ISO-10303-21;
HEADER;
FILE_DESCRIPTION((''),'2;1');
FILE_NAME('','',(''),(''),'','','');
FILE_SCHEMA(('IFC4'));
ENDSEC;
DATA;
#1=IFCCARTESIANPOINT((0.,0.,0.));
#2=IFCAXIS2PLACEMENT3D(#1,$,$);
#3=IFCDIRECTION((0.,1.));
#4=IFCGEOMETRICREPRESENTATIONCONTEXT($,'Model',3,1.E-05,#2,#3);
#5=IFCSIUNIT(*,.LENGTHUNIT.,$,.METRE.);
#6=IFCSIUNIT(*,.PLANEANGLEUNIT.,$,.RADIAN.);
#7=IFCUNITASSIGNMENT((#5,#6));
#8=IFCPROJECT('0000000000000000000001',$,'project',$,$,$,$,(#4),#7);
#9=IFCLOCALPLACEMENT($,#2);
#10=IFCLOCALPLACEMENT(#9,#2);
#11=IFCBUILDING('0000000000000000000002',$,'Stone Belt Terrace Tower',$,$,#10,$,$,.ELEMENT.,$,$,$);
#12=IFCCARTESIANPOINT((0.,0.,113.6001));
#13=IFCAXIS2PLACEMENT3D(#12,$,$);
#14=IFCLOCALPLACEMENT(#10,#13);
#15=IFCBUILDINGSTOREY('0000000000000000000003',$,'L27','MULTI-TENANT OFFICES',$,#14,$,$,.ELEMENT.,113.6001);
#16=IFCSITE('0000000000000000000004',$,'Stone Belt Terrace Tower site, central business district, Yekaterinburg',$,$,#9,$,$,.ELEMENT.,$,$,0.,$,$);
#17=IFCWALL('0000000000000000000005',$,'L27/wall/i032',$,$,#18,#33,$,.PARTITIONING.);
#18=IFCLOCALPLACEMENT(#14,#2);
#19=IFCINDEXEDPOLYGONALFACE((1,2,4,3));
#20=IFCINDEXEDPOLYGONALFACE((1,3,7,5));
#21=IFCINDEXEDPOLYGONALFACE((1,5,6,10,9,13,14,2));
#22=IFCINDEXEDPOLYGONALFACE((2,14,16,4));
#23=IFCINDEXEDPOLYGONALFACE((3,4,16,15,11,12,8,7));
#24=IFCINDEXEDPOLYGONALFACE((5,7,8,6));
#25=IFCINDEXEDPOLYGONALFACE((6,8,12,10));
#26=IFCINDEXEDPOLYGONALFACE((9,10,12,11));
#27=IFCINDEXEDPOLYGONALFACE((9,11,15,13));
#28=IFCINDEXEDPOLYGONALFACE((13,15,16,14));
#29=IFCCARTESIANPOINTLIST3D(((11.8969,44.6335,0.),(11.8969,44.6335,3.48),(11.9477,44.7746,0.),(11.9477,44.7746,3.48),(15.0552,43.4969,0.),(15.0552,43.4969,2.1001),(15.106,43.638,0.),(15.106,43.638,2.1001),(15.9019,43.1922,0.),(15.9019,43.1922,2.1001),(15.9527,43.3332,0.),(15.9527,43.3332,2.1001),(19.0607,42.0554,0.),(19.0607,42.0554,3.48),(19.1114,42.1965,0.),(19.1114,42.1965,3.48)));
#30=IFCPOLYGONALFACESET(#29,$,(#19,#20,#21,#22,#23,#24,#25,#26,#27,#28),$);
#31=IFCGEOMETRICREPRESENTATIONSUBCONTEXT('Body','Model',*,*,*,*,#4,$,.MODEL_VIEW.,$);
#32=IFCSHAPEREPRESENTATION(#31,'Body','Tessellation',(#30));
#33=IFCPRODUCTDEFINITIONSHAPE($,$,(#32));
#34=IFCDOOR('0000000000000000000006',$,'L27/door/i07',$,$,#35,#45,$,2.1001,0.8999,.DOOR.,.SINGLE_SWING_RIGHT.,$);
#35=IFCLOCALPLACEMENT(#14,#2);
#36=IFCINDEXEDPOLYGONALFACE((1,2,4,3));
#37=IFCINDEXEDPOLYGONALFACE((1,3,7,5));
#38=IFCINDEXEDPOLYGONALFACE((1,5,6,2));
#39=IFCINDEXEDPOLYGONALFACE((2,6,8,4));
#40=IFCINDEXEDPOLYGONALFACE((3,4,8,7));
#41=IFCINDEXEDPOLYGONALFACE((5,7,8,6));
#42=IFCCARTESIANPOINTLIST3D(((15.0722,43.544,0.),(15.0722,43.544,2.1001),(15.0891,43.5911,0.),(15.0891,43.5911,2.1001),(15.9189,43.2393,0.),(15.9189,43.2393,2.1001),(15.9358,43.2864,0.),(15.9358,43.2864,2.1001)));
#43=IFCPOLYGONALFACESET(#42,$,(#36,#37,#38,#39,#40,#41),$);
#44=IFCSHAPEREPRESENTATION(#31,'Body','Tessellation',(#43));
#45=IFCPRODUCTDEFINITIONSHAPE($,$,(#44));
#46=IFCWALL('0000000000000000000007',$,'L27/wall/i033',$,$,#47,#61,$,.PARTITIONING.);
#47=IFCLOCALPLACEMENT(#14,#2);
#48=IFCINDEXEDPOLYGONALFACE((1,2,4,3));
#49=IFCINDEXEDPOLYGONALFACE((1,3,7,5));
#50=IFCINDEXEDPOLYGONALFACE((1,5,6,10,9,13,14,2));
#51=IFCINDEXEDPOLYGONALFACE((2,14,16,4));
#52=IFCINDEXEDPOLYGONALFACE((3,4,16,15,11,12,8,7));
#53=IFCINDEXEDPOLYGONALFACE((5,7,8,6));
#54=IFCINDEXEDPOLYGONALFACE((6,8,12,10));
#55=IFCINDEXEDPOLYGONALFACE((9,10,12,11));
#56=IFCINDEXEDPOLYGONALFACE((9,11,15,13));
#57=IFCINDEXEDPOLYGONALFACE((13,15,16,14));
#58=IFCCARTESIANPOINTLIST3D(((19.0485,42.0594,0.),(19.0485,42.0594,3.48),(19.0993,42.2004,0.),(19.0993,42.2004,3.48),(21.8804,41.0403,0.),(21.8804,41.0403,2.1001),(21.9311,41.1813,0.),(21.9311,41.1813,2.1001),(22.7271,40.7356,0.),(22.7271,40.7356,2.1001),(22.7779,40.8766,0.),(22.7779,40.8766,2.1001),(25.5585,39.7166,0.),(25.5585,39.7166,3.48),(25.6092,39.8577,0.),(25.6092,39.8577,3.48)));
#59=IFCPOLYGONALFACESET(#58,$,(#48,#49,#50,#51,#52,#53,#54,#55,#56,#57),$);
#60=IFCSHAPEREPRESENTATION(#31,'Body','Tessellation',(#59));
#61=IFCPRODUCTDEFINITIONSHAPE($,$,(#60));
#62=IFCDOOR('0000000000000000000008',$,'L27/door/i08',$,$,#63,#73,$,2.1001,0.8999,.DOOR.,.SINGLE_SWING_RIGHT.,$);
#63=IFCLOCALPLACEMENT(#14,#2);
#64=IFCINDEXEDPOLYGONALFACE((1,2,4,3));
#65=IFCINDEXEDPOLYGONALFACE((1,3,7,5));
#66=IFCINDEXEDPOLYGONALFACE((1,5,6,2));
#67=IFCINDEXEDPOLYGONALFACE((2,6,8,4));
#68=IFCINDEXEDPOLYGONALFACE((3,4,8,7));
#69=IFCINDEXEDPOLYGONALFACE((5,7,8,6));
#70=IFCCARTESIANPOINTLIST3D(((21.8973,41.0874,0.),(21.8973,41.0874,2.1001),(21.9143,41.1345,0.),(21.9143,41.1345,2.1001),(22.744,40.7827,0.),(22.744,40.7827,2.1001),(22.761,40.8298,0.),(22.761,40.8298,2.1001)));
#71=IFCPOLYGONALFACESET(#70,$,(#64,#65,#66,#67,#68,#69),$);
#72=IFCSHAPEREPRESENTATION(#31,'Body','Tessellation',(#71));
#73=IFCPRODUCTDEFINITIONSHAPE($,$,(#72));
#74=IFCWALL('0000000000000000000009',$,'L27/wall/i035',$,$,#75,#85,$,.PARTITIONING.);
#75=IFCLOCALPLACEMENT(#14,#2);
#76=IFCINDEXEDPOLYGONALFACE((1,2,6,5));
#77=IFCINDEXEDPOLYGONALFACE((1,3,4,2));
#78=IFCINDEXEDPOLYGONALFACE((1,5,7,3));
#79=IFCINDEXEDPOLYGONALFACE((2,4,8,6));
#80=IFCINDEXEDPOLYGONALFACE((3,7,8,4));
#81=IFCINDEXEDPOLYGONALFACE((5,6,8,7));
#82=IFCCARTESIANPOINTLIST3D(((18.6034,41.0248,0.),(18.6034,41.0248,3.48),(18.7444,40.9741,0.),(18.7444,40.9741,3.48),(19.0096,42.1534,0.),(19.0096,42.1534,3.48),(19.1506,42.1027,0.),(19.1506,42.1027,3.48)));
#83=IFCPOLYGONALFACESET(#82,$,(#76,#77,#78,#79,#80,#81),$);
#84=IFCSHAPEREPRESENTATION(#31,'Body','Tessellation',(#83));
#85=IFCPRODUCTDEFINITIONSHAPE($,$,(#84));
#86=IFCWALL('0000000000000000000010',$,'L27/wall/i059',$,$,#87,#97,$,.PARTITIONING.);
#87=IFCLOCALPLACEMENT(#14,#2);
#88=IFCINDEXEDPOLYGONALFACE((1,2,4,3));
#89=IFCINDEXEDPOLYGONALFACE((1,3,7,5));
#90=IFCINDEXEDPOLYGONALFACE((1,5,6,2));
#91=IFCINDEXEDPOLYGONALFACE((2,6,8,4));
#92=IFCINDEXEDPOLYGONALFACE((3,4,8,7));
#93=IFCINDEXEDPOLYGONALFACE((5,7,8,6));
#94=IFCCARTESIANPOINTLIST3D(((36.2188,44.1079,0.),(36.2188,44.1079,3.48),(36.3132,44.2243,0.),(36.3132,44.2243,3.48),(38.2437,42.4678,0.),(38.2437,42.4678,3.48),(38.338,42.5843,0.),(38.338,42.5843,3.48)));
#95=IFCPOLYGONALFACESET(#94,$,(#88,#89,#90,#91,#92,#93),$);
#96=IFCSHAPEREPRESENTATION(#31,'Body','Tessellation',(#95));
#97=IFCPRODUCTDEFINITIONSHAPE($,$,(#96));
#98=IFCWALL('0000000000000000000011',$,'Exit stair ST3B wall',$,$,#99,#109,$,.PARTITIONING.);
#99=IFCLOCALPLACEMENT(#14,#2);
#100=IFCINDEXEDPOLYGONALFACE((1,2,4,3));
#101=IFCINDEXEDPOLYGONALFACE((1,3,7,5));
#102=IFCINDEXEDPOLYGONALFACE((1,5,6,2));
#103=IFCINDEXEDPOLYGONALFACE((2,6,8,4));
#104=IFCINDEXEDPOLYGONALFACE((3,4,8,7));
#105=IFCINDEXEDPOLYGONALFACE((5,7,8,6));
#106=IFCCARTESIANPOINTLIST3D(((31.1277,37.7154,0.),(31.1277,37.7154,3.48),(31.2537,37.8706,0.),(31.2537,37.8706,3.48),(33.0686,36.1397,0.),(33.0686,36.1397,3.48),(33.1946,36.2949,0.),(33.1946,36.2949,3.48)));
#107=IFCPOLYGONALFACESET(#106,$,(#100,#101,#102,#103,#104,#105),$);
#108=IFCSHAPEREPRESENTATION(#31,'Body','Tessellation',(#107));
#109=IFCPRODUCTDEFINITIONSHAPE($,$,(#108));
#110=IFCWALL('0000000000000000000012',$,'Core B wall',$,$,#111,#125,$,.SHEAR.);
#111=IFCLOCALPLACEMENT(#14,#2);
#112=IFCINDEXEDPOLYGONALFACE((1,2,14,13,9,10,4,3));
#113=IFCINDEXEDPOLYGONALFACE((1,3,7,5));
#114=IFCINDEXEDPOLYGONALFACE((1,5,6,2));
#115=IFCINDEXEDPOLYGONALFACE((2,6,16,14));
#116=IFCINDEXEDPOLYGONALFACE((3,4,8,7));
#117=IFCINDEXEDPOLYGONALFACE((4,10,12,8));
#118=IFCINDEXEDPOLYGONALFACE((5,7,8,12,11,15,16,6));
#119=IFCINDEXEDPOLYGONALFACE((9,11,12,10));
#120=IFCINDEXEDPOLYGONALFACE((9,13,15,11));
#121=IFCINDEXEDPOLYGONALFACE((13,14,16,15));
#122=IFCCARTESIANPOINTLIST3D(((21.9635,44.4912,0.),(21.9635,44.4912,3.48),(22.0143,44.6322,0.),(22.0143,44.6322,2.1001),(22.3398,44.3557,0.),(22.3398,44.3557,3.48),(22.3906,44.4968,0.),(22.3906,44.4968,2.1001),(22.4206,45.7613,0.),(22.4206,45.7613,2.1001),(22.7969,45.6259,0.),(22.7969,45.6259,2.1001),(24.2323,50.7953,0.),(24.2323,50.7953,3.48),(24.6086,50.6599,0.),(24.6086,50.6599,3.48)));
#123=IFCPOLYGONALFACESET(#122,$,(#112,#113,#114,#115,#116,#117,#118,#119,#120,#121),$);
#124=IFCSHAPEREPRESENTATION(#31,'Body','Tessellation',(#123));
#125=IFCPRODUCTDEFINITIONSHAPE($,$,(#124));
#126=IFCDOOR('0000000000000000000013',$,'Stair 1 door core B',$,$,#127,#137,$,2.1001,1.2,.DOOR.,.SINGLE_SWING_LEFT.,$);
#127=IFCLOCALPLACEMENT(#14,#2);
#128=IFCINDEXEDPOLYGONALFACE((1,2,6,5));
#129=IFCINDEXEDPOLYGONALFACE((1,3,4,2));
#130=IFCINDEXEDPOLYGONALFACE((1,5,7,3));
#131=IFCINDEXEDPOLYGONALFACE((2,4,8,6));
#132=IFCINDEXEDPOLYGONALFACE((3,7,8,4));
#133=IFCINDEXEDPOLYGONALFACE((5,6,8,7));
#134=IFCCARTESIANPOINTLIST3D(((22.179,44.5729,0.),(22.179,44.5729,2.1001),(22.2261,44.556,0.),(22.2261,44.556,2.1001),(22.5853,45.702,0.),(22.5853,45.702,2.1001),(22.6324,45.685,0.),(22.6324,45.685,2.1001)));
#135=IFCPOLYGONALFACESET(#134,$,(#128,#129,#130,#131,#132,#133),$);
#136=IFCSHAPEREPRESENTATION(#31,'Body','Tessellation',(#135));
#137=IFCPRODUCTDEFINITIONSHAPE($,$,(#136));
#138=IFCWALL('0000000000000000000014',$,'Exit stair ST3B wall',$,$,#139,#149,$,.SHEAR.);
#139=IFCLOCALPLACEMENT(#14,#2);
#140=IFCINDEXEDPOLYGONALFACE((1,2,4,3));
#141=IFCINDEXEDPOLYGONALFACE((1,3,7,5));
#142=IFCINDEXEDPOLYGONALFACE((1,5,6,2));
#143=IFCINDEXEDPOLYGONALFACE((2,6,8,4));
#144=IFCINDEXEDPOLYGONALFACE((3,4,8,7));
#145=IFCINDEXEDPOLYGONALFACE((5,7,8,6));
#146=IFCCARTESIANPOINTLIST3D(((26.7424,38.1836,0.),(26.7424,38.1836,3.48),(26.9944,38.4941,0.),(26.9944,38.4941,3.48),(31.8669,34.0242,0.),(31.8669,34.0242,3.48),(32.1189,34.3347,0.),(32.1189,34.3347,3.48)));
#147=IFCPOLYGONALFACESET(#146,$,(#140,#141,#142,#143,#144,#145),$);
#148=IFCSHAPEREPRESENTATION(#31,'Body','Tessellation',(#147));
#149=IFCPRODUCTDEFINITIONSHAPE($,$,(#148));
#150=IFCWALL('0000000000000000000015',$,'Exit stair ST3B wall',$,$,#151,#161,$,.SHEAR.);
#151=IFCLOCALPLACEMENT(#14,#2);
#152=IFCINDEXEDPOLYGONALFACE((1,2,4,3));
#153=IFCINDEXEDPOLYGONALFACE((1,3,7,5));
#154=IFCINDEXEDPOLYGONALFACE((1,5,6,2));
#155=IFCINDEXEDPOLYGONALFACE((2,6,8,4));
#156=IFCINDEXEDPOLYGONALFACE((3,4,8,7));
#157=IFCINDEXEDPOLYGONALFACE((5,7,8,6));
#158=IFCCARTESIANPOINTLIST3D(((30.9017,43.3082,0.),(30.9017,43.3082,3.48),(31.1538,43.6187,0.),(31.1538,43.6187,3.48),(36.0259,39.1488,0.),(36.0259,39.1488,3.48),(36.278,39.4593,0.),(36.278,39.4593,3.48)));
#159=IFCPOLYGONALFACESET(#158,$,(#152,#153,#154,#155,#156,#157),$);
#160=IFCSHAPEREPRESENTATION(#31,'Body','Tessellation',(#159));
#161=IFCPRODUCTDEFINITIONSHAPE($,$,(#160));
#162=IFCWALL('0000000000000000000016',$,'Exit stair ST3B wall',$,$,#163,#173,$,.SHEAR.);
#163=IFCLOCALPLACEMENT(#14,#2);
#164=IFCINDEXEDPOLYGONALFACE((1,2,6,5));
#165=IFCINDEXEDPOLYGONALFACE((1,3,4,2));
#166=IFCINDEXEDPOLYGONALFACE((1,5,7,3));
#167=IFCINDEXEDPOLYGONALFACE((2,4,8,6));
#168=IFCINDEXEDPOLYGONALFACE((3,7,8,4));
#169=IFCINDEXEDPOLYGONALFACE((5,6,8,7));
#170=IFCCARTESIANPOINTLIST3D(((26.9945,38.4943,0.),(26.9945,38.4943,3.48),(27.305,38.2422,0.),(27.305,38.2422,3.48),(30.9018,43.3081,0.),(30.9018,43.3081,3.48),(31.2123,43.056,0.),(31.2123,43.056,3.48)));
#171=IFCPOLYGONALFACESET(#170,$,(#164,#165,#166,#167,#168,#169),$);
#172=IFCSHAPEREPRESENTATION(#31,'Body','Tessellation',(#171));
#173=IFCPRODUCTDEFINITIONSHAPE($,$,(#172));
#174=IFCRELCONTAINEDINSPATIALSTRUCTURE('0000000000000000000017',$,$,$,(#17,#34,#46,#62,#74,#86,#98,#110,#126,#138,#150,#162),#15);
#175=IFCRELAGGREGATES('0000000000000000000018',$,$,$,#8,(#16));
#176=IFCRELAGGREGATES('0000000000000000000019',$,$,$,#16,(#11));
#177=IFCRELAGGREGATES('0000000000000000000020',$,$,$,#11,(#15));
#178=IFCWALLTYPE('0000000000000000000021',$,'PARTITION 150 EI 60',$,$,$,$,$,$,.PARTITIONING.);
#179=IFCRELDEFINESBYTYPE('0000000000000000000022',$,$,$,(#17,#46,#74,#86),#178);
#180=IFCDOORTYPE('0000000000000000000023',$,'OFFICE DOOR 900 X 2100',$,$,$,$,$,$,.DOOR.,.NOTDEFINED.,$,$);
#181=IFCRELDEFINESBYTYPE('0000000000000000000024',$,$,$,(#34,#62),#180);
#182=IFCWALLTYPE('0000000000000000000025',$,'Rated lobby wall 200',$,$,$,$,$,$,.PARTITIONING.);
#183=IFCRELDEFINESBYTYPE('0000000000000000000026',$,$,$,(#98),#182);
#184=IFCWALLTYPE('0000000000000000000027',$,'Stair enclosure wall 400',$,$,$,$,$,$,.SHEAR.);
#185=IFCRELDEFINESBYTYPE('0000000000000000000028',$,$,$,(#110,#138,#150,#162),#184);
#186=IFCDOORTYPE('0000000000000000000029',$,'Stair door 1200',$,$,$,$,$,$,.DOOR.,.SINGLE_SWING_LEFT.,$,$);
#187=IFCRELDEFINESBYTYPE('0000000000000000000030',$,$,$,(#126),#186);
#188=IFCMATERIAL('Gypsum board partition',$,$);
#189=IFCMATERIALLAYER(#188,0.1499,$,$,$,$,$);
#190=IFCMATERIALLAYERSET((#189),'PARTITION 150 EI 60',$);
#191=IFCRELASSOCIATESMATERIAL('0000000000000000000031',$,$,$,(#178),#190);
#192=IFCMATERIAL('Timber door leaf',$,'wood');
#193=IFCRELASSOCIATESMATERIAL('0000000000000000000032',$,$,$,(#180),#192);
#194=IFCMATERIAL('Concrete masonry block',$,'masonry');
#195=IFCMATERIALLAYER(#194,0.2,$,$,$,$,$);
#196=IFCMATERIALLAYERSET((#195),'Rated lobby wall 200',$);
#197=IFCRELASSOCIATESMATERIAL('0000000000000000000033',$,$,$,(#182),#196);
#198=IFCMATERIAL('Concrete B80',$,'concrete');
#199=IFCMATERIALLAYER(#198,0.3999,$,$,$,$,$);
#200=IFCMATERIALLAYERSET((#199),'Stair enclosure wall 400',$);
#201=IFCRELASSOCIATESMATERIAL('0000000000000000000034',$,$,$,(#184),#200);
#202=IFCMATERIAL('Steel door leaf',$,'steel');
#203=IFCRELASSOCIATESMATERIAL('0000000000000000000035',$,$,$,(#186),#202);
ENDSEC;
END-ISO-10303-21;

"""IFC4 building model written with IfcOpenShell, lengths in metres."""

from ifc_helpers import new_model, si_unit, direction, frame, frame_2d, origin, place, context, subcontext, project, spatial, rectangle, extrude, material, layer, layer_set, type_object, element, fill, save


model = new_model("IFC4")

# Units and contexts
model_context = context("Model", 3, precision=1e-05, world=origin(), true_north=direction((0.0, 1.0)))
body_context = subcontext(model_context, "Body", "Model", "MODEL_VIEW")
ifc_project = project(units=[si_unit("LENGTHUNIT", "METRE"), si_unit("PLANEANGLEUNIT", "RADIAN")], contexts=[model_context])

# Site, building, storey
site_placement = place(None, origin())
site = spatial("IfcSite", under=ifc_project, at=site_placement, Name="Stone Belt Terrace Tower site, central business district, Yekaterinburg", CompositionType="ELEMENT", RefElevation=0.0)
building_placement = place(site_placement, origin())
building = spatial("IfcBuilding", under=site, at=building_placement, Name="Stone Belt Terrace Tower", CompositionType="ELEMENT")
storey_placement = place(building_placement, frame((0.0, 0.0, 113.6001)))
storey = spatial("IfcBuildingStorey", under=building, at=storey_placement, Name="L27", Description="MULTI-TENANT OFFICES", CompositionType="ELEMENT", Elevation=113.6001)

# Shared definitions
ifc_material_1 = material(Name="Concrete B80", Category="concrete")

# Walls, openings, doors
ifc_material_2 = material(Name="Timber door leaf", Category="wood")
ifc_material_3 = material(Name="Gypsum board partition")
ifc_layer_1 = layer(ifc_material_3, 0.1499)
ifc_layer_set_1 = layer_set([ifc_layer_1], Name="PARTITION 150 EI 60")
wall_type_1 = type_object("IfcWallType", Name="PARTITION 150 EI 60", PredefinedType="PARTITIONING", material=ifc_layer_set_1)
wall_1_placement = place(storey_placement, frame((19.0859, 42.126, 0.0), z_axis=(0.0, 0.0, 1.0), x_axis=(-0.940923, 0.338621, 0.0)))
wall_1 = element("IfcWall", 1, at=wall_1_placement, inside=storey, type_object=wall_type_1, Name="L27/wall/i032", PredefinedType="PARTITIONING", context=body_context, shape_type="SweptSolid", body=[
    extrude(rectangle(XDim=7.6135, YDim=0.1499, at=frame_2d((3.8066, 0.0))), origin(), (0.0, 0.0, 1.0), 3.48),
])
opening_1_placement = place(wall_1_placement, frame((3.3569, 0.0, 0.0)))
opening_1 = element("IfcOpeningElement", 2, at=opening_1_placement, cuts=wall_1, PredefinedType="OPENING", context=body_context, shape_type="SweptSolid", body=[
    extrude(rectangle(XDim=0.8999, YDim=2.1001, at=frame_2d((0.45, 1.05))), frame((0.0, 0.085, 0.0), z_axis=(0.0, -1.0, 0.0), x_axis=(1.0, 0.0, 0.0)), (0.0, 0.0, 1.0), 0.1699),
])
door_type_1 = type_object("IfcDoorType", Name="OFFICE DOOR 900 X 2100", OperationType="NOTDEFINED", PredefinedType="DOOR", material=ifc_material_2)
door_1_placement = place(opening_1_placement, origin())
door_1 = element("IfcDoor", 3, at=door_1_placement, inside=storey, type_object=door_type_1, Name="L27/door/i07", OperationType="SINGLE_SWING_RIGHT", OverallHeight=2.1001, OverallWidth=0.8999, PredefinedType="DOOR", context=body_context, shape_type="SweptSolid", body=[
    extrude(rectangle(XDim=0.8999, YDim=2.1001, at=frame_2d((0.45, 1.05))), frame((0.0, 0.0249, 0.0), z_axis=(0.0, -1.0, 0.0), x_axis=(1.0, 0.0, 0.0)), (0.0, 0.0, 1.0), 0.05),
])
fill(opening_1, door_1)
wall_2_placement = place(storey_placement, frame((25.584, 39.7871, 0.0), z_axis=(0.0, 0.0, 1.0), x_axis=(-0.940926, 0.338613, 0.0)))
wall_2 = element("IfcWall", 4, at=wall_2_placement, inside=storey, type_object=wall_type_1, Name="L27/wall/i033", PredefinedType="PARTITIONING", context=body_context, shape_type="SweptSolid", body=[
    extrude(rectangle(XDim=6.9187, YDim=0.1499, at=frame_2d((3.4595, 0.0))), origin(), (0.0, 0.0, 1.0), 3.48),
])
opening_2_placement = place(wall_2_placement, frame((3.0093, 0.0, 0.0)))
opening_2 = element("IfcOpeningElement", 5, at=opening_2_placement, cuts=wall_2, PredefinedType="OPENING", context=body_context, shape_type="SweptSolid", body=[
    extrude(rectangle(XDim=0.8999, YDim=2.1001, at=frame_2d((0.45, 1.05))), frame((0.0, 0.085, 0.0), z_axis=(0.0, -1.0, 0.0), x_axis=(1.0, 0.0, 0.0)), (0.0, 0.0, 1.0), 0.1699),
])
door_2_placement = place(opening_2_placement, origin())
door_2 = element("IfcDoor", 6, at=door_2_placement, inside=storey, type_object=door_type_1, Name="L27/door/i08", OperationType="SINGLE_SWING_RIGHT", OverallHeight=2.1001, OverallWidth=0.8999, PredefinedType="DOOR", context=body_context, shape_type="SweptSolid", body=[
    extrude(rectangle(XDim=0.8999, YDim=2.1001, at=frame_2d((0.45, 1.05))), frame((0.0, 0.0249, 0.0), z_axis=(0.0, -1.0, 0.0), x_axis=(1.0, 0.0, 0.0)), (0.0, 0.0, 1.0), 0.05),
])
fill(opening_2, door_2)

# Walls
wall_3_placement = place(storey_placement, frame((19.0801, 42.1279, 0.0), z_axis=(0.0, 0.0, 1.0), x_axis=(-0.338669, -0.940906, 0.0)))
element("IfcWall", 7, at=wall_3_placement, inside=storey, type_object=wall_type_1, Name="L27/wall/i035", PredefinedType="PARTITIONING", context=body_context, shape_type="SweptSolid", body=[
    extrude(rectangle(XDim=1.1995, YDim=0.1499, at=frame_2d((0.5996, 0.0))), origin(), (0.0, 0.0, 1.0), 3.48),
])
wall_4_placement = place(storey_placement, frame((36.2661, 44.166, 0.0), z_axis=(0.0, 0.0, 1.0), x_axis=(0.77707, -0.629414, 0.0)))
element("IfcWall", 8, at=wall_4_placement, inside=storey, type_object=wall_type_1, Name="L27/wall/i059", PredefinedType="PARTITIONING", context=body_context, shape_type="SweptSolid", body=[
    extrude(rectangle(XDim=2.6057, YDim=0.1499, at=frame_2d((1.3027, 0.0))), origin(), (0.0, 0.0, 1.0), 3.48),
])
ifc_material_4 = material(Name="Concrete masonry block", Category="masonry")
ifc_layer_2 = layer(ifc_material_4, 0.2)
ifc_layer_set_2 = layer_set([ifc_layer_2], Name="Rated lobby wall 200")
wall_type_2 = type_object("IfcWallType", Name="Rated lobby wall 200", PredefinedType="PARTITIONING", material=ifc_layer_set_2)
wall_5_placement = place(storey_placement, frame((31.1907, 37.793, 0.0), z_axis=(0.0, 0.0, 1.0), x_axis=(0.776371, -0.630276, 0.0)))
element("IfcWall", 9, at=wall_5_placement, inside=storey, type_object=wall_type_2, Name="Exit stair ST3B wall", PredefinedType="PARTITIONING", context=body_context, shape_type="SweptSolid", body=[
    extrude(rectangle(XDim=2.5, YDim=0.2, at=frame_2d((1.25, 0.0))), origin(), (0.0, 0.0, 1.0), 3.48),
])

# Wall, opening, door
ifc_layer_3 = layer(ifc_material_1, 0.3999)
ifc_layer_set_3 = layer_set([ifc_layer_3], Name="Stair enclosure wall 400")
wall_type_3 = type_object("IfcWallType", Name="Stair enclosure wall 400", PredefinedType="SHEAR", material=ifc_layer_set_3)
wall_6_placement = place(storey_placement, frame((22.1516, 44.4233, 0.0), z_axis=(0.0, 0.0, 1.0), x_axis=(0.338625, 0.940921, 0.0)))
wall_6 = element("IfcWall", 10, at=wall_6_placement, inside=storey, type_object=wall_type_3, Name="Core B wall", PredefinedType="SHEAR", context=body_context, shape_type="SweptSolid", body=[
    extrude(rectangle(XDim=6.7, YDim=0.3999, at=frame_2d((3.3501, 0.0))), origin(), (0.0, 0.0, 1.0), 3.48),
])
opening_3_placement = place(wall_6_placement, frame((0.1499, 0.0, 0.0)))
opening_3 = element("IfcOpeningElement", 11, at=opening_3_placement, cuts=wall_6, PredefinedType="OPENING", context=body_context, shape_type="SweptSolid", body=[
    extrude(rectangle(XDim=1.2, YDim=2.1001, at=frame_2d((0.6001, 1.05))), frame((0.0, 0.21, 0.0), z_axis=(0.0, -1.0, 0.0), x_axis=(1.0, 0.0, 0.0)), (0.0, 0.0, 1.0), 0.4199),
])
ifc_material_5 = material(Name="Steel door leaf", Category="steel")
door_type_2 = type_object("IfcDoorType", Name="Stair door 1200", OperationType="SINGLE_SWING_LEFT", PredefinedType="DOOR", material=ifc_material_5)
door_3_placement = place(opening_3_placement, origin())
door_3 = element("IfcDoor", 12, at=door_3_placement, inside=storey, type_object=door_type_2, Name="Stair 1 door core B", OperationType="SINGLE_SWING_LEFT", OverallHeight=2.1001, OverallWidth=1.2, PredefinedType="DOOR", context=body_context, shape_type="SweptSolid", body=[
    extrude(rectangle(XDim=1.2, YDim=2.1001, at=frame_2d((0.6001, 1.05))), frame((0.0, 0.0249, 0.0), z_axis=(0.0, -1.0, 0.0), x_axis=(1.0, 0.0, 0.0)), (0.0, 0.0, 1.0), 0.05),
])
fill(opening_3, door_3)

# Walls
wall_7_placement = place(storey_placement, frame((26.8684, 38.3389, 0.0), z_axis=(0.0, 0.0, 1.0), x_axis=(0.776428, -0.630205, 0.0)))
element("IfcWall", 13, at=wall_7_placement, inside=storey, type_object=wall_type_3, Name="Exit stair ST3B wall", PredefinedType="SHEAR", context=body_context, shape_type="SweptSolid", body=[
    extrude(rectangle(XDim=6.6001, YDim=0.3999, at=frame_2d((3.3, 0.0))), origin(), (0.0, 0.0, 1.0), 3.48),
])
wall_8_placement = place(storey_placement, frame((31.0278, 43.4634, 0.0), z_axis=(0.0, 0.0, 1.0), x_axis=(0.776414, -0.630224, 0.0)))
element("IfcWall", 14, at=wall_8_placement, inside=storey, type_object=wall_type_3, Name="Exit stair ST3B wall", PredefinedType="SHEAR", context=body_context, shape_type="SweptSolid", body=[
    extrude(rectangle(XDim=6.5999, YDim=0.3999, at=frame_2d((3.2998, 0.0))), origin(), (0.0, 0.0, 1.0), 3.48),
])
wall_9_placement = place(storey_placement, frame((27.1497, 38.3682, 0.0), z_axis=(0.0, 0.0, 1.0), x_axis=(0.630212, 0.776423, 0.0)))
element("IfcWall", 15, at=wall_9_placement, inside=storey, type_object=wall_type_3, Name="Exit stair ST3B wall", PredefinedType="SHEAR", context=body_context, shape_type="SweptSolid", body=[
    extrude(rectangle(XDim=6.2, YDim=0.3999, at=frame_2d((3.1001, 0.0))), origin(), (0.0, 0.0, 1.0), 3.48),
])

save(model, "model.ifc")
